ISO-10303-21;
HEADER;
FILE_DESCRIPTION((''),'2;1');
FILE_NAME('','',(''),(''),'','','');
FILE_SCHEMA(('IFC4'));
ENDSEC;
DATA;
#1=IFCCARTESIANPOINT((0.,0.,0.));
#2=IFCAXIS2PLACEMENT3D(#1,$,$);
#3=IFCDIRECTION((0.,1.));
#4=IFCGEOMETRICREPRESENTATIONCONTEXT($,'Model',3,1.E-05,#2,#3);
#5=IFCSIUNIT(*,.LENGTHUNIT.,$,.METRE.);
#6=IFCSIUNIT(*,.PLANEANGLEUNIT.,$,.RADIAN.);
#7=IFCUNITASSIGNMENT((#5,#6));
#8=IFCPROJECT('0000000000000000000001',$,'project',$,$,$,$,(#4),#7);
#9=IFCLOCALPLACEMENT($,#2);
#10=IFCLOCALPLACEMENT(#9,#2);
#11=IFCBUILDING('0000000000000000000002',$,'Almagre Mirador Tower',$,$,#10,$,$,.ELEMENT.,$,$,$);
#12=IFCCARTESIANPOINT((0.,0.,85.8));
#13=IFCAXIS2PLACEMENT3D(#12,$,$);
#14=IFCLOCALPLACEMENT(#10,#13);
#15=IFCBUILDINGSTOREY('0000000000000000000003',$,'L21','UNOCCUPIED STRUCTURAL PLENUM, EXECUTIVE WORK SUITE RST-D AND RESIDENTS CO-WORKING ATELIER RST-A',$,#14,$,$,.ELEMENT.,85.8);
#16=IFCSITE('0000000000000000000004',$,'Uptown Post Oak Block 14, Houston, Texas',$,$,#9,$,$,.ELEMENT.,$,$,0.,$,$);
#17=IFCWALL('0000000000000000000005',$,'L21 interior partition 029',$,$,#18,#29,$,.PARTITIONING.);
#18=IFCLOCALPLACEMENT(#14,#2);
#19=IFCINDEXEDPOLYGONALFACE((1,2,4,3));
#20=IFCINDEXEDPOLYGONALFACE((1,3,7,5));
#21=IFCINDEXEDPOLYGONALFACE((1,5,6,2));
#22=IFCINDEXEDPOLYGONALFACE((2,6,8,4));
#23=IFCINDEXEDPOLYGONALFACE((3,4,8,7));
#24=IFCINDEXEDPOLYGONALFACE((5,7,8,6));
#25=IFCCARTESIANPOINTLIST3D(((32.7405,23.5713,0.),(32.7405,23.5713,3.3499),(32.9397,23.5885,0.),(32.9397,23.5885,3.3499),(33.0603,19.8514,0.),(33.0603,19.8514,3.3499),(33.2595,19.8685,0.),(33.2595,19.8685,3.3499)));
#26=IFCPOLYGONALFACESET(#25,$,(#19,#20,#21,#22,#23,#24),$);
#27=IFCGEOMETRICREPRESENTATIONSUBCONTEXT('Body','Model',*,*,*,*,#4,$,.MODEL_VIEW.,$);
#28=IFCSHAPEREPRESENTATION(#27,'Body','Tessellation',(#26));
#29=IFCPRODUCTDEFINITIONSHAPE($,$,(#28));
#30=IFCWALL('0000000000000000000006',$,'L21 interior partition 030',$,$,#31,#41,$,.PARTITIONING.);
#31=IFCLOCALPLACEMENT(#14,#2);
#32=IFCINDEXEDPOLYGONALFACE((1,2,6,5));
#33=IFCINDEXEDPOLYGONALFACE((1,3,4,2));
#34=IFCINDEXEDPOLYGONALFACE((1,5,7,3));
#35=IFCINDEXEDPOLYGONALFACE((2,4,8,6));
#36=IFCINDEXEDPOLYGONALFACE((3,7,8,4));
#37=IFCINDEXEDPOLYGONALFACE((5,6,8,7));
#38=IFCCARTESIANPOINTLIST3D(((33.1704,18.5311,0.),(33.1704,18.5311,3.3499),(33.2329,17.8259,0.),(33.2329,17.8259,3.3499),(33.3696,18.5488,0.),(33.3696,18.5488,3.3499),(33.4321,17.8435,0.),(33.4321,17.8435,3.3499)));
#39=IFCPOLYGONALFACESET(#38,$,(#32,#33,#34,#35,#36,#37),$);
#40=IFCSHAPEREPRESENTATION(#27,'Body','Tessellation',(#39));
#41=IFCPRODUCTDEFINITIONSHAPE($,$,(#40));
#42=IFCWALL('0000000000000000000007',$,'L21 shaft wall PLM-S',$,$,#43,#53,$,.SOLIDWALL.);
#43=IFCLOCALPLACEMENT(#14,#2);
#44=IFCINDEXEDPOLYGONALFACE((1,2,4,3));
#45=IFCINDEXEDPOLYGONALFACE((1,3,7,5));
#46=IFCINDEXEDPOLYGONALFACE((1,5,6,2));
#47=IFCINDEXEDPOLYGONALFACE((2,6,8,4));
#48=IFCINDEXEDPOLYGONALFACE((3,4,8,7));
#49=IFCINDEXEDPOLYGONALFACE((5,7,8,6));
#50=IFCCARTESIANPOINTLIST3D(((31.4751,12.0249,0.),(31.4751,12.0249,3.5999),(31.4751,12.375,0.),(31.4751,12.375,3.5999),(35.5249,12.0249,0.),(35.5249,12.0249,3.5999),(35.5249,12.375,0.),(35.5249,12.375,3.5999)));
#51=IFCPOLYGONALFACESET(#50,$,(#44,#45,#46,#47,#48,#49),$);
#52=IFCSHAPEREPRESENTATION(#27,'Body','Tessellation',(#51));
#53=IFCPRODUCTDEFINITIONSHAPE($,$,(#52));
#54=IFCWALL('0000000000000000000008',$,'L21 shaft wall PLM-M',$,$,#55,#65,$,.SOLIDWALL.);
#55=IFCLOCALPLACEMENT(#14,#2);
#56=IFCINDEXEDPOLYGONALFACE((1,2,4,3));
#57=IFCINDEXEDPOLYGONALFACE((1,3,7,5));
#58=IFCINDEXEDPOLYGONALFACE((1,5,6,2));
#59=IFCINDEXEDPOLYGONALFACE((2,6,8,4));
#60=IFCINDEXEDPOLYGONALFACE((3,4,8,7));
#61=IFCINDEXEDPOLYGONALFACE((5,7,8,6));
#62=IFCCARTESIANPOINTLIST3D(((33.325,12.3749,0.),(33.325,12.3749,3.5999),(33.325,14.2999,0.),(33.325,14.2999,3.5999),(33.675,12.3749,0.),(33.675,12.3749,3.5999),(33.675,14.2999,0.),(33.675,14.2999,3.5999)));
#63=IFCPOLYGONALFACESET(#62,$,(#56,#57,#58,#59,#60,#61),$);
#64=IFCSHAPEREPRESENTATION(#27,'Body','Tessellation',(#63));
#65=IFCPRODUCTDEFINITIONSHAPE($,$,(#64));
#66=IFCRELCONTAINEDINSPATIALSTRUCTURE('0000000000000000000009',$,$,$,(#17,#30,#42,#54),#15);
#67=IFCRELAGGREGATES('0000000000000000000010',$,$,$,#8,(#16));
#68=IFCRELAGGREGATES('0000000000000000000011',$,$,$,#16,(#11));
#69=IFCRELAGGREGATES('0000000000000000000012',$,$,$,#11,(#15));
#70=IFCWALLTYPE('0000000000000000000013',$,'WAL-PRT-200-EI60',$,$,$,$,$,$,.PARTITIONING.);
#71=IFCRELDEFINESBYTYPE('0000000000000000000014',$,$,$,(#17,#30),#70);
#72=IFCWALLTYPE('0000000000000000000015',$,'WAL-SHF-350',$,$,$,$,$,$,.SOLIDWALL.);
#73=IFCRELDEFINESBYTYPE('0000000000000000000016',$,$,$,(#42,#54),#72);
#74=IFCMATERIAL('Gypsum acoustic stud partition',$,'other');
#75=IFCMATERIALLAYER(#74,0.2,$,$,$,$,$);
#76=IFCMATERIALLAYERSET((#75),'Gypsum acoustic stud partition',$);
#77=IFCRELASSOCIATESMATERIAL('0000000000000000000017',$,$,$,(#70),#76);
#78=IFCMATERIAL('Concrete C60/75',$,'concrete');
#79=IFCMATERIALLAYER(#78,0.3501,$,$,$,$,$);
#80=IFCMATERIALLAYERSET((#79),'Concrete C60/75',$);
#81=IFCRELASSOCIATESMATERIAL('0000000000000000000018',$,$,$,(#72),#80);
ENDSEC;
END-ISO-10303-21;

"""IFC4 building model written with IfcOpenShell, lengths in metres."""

from ifc_helpers import new_model, si_unit, direction, frame, frame_2d, origin, place, context, subcontext, project, spatial, rectangle, extrude, material, layer, layer_set, type_object, element, save


model = new_model("IFC4")

# Units and contexts
model_context = context("Model", 3, precision=1e-05, world=origin(), true_north=direction((0.0, 1.0)))
body_context = subcontext(model_context, "Body", "Model", "MODEL_VIEW")
ifc_project = project(units=[si_unit("LENGTHUNIT", "METRE"), si_unit("PLANEANGLEUNIT", "RADIAN")], contexts=[model_context])

# Site, building, storey
site_placement = place(None, origin())
site = spatial("IfcSite", under=ifc_project, at=site_placement, Name="Uptown Post Oak Block 14, Houston, Texas", CompositionType="ELEMENT", RefElevation=0.0)
building_placement = place(site_placement, origin())
building = spatial("IfcBuilding", under=site, at=building_placement, Name="Almagre Mirador Tower", CompositionType="ELEMENT")
storey_placement = place(building_placement, frame((0.0, 0.0, 85.8)))
storey = spatial("IfcBuildingStorey", under=building, at=storey_placement, Name="L21", Description="UNOCCUPIED STRUCTURAL PLENUM, EXECUTIVE WORK SUITE RST-D AND RESIDENTS CO-WORKING ATELIER RST-A", CompositionType="ELEMENT", Elevation=85.8)

# Shared definitions
ifc_material_1 = material(Name="Gypsum acoustic stud partition", Category="other")
ifc_layer_1 = layer(ifc_material_1, 0.2)
ifc_layer_set_1 = layer_set([ifc_layer_1], Name="Gypsum acoustic stud partition")
wall_type_1 = type_object("IfcWallType", Name="WAL-PRT-200-EI60", PredefinedType="PARTITIONING", material=ifc_layer_set_1)

# Walls
wall_1_placement = place(storey_placement, frame((33.1599, 19.8601, 0.0), z_axis=(0.0, 0.0, 1.0), x_axis=(-0.085659, 0.996325, 0.0)))
element("IfcWall", 1, at=wall_1_placement, inside=storey, type_object=wall_type_1, Name="L21 interior partition 029", PredefinedType="PARTITIONING", context=body_context, shape_type="SweptSolid", body=[
    extrude(rectangle(XDim=3.7336, YDim=0.2, at=frame_2d((1.8667, 0.0))), origin(), (0.0, 0.0, 1.0), 3.3499),
])
wall_2_placement = place(storey_placement, frame((33.3325, 17.8347, 0.0), z_axis=(0.0, 0.0, 1.0), x_axis=(-0.088266, 0.996097, 0.0)))
element("IfcWall", 2, at=wall_2_placement, inside=storey, type_object=wall_type_1, Name="L21 interior partition 030", PredefinedType="PARTITIONING", context=body_context, shape_type="SweptSolid", body=[
    extrude(rectangle(XDim=0.708, YDim=0.2, at=frame_2d((0.354, 0.0))), origin(), (0.0, 0.0, 1.0), 3.3499),
])
ifc_material_2 = material(Name="Concrete C60/75", Category="concrete")
ifc_layer_2 = layer(ifc_material_2, 0.3501)
ifc_layer_set_2 = layer_set([ifc_layer_2], Name="Concrete C60/75")
wall_type_2 = type_object("IfcWallType", Name="WAL-SHF-350", PredefinedType="SOLIDWALL", material=ifc_layer_set_2)
wall_3_placement = place(storey_placement, frame((31.4751, 12.2, 0.0), z_axis=(0.0, 0.0, 1.0), x_axis=(1.0, 0.0, 0.0)))
element("IfcWall", 3, at=wall_3_placement, inside=storey, type_object=wall_type_2, Name="L21 shaft wall PLM-S", PredefinedType="SOLIDWALL", context=body_context, shape_type="SweptSolid", body=[
    extrude(rectangle(XDim=4.0498, YDim=0.3501, at=frame_2d((2.0249, 0.0))), origin(), (0.0, 0.0, 1.0), 3.5999),
])
wall_4_placement = place(storey_placement, frame((33.5, 12.375, 0.0), z_axis=(0.0, 0.0, 1.0), x_axis=(0.0, 1.0, 0.0)))
element("IfcWall", 4, at=wall_4_placement, inside=storey, type_object=wall_type_2, Name="L21 shaft wall PLM-M", PredefinedType="SOLIDWALL", context=body_context, shape_type="SweptSolid", body=[
    extrude(rectangle(XDim=1.925, YDim=0.3501, at=frame_2d((0.9624, 0.0))), origin(), (0.0, 0.0, 1.0), 3.5999),
])

save(model, "model.ifc")
